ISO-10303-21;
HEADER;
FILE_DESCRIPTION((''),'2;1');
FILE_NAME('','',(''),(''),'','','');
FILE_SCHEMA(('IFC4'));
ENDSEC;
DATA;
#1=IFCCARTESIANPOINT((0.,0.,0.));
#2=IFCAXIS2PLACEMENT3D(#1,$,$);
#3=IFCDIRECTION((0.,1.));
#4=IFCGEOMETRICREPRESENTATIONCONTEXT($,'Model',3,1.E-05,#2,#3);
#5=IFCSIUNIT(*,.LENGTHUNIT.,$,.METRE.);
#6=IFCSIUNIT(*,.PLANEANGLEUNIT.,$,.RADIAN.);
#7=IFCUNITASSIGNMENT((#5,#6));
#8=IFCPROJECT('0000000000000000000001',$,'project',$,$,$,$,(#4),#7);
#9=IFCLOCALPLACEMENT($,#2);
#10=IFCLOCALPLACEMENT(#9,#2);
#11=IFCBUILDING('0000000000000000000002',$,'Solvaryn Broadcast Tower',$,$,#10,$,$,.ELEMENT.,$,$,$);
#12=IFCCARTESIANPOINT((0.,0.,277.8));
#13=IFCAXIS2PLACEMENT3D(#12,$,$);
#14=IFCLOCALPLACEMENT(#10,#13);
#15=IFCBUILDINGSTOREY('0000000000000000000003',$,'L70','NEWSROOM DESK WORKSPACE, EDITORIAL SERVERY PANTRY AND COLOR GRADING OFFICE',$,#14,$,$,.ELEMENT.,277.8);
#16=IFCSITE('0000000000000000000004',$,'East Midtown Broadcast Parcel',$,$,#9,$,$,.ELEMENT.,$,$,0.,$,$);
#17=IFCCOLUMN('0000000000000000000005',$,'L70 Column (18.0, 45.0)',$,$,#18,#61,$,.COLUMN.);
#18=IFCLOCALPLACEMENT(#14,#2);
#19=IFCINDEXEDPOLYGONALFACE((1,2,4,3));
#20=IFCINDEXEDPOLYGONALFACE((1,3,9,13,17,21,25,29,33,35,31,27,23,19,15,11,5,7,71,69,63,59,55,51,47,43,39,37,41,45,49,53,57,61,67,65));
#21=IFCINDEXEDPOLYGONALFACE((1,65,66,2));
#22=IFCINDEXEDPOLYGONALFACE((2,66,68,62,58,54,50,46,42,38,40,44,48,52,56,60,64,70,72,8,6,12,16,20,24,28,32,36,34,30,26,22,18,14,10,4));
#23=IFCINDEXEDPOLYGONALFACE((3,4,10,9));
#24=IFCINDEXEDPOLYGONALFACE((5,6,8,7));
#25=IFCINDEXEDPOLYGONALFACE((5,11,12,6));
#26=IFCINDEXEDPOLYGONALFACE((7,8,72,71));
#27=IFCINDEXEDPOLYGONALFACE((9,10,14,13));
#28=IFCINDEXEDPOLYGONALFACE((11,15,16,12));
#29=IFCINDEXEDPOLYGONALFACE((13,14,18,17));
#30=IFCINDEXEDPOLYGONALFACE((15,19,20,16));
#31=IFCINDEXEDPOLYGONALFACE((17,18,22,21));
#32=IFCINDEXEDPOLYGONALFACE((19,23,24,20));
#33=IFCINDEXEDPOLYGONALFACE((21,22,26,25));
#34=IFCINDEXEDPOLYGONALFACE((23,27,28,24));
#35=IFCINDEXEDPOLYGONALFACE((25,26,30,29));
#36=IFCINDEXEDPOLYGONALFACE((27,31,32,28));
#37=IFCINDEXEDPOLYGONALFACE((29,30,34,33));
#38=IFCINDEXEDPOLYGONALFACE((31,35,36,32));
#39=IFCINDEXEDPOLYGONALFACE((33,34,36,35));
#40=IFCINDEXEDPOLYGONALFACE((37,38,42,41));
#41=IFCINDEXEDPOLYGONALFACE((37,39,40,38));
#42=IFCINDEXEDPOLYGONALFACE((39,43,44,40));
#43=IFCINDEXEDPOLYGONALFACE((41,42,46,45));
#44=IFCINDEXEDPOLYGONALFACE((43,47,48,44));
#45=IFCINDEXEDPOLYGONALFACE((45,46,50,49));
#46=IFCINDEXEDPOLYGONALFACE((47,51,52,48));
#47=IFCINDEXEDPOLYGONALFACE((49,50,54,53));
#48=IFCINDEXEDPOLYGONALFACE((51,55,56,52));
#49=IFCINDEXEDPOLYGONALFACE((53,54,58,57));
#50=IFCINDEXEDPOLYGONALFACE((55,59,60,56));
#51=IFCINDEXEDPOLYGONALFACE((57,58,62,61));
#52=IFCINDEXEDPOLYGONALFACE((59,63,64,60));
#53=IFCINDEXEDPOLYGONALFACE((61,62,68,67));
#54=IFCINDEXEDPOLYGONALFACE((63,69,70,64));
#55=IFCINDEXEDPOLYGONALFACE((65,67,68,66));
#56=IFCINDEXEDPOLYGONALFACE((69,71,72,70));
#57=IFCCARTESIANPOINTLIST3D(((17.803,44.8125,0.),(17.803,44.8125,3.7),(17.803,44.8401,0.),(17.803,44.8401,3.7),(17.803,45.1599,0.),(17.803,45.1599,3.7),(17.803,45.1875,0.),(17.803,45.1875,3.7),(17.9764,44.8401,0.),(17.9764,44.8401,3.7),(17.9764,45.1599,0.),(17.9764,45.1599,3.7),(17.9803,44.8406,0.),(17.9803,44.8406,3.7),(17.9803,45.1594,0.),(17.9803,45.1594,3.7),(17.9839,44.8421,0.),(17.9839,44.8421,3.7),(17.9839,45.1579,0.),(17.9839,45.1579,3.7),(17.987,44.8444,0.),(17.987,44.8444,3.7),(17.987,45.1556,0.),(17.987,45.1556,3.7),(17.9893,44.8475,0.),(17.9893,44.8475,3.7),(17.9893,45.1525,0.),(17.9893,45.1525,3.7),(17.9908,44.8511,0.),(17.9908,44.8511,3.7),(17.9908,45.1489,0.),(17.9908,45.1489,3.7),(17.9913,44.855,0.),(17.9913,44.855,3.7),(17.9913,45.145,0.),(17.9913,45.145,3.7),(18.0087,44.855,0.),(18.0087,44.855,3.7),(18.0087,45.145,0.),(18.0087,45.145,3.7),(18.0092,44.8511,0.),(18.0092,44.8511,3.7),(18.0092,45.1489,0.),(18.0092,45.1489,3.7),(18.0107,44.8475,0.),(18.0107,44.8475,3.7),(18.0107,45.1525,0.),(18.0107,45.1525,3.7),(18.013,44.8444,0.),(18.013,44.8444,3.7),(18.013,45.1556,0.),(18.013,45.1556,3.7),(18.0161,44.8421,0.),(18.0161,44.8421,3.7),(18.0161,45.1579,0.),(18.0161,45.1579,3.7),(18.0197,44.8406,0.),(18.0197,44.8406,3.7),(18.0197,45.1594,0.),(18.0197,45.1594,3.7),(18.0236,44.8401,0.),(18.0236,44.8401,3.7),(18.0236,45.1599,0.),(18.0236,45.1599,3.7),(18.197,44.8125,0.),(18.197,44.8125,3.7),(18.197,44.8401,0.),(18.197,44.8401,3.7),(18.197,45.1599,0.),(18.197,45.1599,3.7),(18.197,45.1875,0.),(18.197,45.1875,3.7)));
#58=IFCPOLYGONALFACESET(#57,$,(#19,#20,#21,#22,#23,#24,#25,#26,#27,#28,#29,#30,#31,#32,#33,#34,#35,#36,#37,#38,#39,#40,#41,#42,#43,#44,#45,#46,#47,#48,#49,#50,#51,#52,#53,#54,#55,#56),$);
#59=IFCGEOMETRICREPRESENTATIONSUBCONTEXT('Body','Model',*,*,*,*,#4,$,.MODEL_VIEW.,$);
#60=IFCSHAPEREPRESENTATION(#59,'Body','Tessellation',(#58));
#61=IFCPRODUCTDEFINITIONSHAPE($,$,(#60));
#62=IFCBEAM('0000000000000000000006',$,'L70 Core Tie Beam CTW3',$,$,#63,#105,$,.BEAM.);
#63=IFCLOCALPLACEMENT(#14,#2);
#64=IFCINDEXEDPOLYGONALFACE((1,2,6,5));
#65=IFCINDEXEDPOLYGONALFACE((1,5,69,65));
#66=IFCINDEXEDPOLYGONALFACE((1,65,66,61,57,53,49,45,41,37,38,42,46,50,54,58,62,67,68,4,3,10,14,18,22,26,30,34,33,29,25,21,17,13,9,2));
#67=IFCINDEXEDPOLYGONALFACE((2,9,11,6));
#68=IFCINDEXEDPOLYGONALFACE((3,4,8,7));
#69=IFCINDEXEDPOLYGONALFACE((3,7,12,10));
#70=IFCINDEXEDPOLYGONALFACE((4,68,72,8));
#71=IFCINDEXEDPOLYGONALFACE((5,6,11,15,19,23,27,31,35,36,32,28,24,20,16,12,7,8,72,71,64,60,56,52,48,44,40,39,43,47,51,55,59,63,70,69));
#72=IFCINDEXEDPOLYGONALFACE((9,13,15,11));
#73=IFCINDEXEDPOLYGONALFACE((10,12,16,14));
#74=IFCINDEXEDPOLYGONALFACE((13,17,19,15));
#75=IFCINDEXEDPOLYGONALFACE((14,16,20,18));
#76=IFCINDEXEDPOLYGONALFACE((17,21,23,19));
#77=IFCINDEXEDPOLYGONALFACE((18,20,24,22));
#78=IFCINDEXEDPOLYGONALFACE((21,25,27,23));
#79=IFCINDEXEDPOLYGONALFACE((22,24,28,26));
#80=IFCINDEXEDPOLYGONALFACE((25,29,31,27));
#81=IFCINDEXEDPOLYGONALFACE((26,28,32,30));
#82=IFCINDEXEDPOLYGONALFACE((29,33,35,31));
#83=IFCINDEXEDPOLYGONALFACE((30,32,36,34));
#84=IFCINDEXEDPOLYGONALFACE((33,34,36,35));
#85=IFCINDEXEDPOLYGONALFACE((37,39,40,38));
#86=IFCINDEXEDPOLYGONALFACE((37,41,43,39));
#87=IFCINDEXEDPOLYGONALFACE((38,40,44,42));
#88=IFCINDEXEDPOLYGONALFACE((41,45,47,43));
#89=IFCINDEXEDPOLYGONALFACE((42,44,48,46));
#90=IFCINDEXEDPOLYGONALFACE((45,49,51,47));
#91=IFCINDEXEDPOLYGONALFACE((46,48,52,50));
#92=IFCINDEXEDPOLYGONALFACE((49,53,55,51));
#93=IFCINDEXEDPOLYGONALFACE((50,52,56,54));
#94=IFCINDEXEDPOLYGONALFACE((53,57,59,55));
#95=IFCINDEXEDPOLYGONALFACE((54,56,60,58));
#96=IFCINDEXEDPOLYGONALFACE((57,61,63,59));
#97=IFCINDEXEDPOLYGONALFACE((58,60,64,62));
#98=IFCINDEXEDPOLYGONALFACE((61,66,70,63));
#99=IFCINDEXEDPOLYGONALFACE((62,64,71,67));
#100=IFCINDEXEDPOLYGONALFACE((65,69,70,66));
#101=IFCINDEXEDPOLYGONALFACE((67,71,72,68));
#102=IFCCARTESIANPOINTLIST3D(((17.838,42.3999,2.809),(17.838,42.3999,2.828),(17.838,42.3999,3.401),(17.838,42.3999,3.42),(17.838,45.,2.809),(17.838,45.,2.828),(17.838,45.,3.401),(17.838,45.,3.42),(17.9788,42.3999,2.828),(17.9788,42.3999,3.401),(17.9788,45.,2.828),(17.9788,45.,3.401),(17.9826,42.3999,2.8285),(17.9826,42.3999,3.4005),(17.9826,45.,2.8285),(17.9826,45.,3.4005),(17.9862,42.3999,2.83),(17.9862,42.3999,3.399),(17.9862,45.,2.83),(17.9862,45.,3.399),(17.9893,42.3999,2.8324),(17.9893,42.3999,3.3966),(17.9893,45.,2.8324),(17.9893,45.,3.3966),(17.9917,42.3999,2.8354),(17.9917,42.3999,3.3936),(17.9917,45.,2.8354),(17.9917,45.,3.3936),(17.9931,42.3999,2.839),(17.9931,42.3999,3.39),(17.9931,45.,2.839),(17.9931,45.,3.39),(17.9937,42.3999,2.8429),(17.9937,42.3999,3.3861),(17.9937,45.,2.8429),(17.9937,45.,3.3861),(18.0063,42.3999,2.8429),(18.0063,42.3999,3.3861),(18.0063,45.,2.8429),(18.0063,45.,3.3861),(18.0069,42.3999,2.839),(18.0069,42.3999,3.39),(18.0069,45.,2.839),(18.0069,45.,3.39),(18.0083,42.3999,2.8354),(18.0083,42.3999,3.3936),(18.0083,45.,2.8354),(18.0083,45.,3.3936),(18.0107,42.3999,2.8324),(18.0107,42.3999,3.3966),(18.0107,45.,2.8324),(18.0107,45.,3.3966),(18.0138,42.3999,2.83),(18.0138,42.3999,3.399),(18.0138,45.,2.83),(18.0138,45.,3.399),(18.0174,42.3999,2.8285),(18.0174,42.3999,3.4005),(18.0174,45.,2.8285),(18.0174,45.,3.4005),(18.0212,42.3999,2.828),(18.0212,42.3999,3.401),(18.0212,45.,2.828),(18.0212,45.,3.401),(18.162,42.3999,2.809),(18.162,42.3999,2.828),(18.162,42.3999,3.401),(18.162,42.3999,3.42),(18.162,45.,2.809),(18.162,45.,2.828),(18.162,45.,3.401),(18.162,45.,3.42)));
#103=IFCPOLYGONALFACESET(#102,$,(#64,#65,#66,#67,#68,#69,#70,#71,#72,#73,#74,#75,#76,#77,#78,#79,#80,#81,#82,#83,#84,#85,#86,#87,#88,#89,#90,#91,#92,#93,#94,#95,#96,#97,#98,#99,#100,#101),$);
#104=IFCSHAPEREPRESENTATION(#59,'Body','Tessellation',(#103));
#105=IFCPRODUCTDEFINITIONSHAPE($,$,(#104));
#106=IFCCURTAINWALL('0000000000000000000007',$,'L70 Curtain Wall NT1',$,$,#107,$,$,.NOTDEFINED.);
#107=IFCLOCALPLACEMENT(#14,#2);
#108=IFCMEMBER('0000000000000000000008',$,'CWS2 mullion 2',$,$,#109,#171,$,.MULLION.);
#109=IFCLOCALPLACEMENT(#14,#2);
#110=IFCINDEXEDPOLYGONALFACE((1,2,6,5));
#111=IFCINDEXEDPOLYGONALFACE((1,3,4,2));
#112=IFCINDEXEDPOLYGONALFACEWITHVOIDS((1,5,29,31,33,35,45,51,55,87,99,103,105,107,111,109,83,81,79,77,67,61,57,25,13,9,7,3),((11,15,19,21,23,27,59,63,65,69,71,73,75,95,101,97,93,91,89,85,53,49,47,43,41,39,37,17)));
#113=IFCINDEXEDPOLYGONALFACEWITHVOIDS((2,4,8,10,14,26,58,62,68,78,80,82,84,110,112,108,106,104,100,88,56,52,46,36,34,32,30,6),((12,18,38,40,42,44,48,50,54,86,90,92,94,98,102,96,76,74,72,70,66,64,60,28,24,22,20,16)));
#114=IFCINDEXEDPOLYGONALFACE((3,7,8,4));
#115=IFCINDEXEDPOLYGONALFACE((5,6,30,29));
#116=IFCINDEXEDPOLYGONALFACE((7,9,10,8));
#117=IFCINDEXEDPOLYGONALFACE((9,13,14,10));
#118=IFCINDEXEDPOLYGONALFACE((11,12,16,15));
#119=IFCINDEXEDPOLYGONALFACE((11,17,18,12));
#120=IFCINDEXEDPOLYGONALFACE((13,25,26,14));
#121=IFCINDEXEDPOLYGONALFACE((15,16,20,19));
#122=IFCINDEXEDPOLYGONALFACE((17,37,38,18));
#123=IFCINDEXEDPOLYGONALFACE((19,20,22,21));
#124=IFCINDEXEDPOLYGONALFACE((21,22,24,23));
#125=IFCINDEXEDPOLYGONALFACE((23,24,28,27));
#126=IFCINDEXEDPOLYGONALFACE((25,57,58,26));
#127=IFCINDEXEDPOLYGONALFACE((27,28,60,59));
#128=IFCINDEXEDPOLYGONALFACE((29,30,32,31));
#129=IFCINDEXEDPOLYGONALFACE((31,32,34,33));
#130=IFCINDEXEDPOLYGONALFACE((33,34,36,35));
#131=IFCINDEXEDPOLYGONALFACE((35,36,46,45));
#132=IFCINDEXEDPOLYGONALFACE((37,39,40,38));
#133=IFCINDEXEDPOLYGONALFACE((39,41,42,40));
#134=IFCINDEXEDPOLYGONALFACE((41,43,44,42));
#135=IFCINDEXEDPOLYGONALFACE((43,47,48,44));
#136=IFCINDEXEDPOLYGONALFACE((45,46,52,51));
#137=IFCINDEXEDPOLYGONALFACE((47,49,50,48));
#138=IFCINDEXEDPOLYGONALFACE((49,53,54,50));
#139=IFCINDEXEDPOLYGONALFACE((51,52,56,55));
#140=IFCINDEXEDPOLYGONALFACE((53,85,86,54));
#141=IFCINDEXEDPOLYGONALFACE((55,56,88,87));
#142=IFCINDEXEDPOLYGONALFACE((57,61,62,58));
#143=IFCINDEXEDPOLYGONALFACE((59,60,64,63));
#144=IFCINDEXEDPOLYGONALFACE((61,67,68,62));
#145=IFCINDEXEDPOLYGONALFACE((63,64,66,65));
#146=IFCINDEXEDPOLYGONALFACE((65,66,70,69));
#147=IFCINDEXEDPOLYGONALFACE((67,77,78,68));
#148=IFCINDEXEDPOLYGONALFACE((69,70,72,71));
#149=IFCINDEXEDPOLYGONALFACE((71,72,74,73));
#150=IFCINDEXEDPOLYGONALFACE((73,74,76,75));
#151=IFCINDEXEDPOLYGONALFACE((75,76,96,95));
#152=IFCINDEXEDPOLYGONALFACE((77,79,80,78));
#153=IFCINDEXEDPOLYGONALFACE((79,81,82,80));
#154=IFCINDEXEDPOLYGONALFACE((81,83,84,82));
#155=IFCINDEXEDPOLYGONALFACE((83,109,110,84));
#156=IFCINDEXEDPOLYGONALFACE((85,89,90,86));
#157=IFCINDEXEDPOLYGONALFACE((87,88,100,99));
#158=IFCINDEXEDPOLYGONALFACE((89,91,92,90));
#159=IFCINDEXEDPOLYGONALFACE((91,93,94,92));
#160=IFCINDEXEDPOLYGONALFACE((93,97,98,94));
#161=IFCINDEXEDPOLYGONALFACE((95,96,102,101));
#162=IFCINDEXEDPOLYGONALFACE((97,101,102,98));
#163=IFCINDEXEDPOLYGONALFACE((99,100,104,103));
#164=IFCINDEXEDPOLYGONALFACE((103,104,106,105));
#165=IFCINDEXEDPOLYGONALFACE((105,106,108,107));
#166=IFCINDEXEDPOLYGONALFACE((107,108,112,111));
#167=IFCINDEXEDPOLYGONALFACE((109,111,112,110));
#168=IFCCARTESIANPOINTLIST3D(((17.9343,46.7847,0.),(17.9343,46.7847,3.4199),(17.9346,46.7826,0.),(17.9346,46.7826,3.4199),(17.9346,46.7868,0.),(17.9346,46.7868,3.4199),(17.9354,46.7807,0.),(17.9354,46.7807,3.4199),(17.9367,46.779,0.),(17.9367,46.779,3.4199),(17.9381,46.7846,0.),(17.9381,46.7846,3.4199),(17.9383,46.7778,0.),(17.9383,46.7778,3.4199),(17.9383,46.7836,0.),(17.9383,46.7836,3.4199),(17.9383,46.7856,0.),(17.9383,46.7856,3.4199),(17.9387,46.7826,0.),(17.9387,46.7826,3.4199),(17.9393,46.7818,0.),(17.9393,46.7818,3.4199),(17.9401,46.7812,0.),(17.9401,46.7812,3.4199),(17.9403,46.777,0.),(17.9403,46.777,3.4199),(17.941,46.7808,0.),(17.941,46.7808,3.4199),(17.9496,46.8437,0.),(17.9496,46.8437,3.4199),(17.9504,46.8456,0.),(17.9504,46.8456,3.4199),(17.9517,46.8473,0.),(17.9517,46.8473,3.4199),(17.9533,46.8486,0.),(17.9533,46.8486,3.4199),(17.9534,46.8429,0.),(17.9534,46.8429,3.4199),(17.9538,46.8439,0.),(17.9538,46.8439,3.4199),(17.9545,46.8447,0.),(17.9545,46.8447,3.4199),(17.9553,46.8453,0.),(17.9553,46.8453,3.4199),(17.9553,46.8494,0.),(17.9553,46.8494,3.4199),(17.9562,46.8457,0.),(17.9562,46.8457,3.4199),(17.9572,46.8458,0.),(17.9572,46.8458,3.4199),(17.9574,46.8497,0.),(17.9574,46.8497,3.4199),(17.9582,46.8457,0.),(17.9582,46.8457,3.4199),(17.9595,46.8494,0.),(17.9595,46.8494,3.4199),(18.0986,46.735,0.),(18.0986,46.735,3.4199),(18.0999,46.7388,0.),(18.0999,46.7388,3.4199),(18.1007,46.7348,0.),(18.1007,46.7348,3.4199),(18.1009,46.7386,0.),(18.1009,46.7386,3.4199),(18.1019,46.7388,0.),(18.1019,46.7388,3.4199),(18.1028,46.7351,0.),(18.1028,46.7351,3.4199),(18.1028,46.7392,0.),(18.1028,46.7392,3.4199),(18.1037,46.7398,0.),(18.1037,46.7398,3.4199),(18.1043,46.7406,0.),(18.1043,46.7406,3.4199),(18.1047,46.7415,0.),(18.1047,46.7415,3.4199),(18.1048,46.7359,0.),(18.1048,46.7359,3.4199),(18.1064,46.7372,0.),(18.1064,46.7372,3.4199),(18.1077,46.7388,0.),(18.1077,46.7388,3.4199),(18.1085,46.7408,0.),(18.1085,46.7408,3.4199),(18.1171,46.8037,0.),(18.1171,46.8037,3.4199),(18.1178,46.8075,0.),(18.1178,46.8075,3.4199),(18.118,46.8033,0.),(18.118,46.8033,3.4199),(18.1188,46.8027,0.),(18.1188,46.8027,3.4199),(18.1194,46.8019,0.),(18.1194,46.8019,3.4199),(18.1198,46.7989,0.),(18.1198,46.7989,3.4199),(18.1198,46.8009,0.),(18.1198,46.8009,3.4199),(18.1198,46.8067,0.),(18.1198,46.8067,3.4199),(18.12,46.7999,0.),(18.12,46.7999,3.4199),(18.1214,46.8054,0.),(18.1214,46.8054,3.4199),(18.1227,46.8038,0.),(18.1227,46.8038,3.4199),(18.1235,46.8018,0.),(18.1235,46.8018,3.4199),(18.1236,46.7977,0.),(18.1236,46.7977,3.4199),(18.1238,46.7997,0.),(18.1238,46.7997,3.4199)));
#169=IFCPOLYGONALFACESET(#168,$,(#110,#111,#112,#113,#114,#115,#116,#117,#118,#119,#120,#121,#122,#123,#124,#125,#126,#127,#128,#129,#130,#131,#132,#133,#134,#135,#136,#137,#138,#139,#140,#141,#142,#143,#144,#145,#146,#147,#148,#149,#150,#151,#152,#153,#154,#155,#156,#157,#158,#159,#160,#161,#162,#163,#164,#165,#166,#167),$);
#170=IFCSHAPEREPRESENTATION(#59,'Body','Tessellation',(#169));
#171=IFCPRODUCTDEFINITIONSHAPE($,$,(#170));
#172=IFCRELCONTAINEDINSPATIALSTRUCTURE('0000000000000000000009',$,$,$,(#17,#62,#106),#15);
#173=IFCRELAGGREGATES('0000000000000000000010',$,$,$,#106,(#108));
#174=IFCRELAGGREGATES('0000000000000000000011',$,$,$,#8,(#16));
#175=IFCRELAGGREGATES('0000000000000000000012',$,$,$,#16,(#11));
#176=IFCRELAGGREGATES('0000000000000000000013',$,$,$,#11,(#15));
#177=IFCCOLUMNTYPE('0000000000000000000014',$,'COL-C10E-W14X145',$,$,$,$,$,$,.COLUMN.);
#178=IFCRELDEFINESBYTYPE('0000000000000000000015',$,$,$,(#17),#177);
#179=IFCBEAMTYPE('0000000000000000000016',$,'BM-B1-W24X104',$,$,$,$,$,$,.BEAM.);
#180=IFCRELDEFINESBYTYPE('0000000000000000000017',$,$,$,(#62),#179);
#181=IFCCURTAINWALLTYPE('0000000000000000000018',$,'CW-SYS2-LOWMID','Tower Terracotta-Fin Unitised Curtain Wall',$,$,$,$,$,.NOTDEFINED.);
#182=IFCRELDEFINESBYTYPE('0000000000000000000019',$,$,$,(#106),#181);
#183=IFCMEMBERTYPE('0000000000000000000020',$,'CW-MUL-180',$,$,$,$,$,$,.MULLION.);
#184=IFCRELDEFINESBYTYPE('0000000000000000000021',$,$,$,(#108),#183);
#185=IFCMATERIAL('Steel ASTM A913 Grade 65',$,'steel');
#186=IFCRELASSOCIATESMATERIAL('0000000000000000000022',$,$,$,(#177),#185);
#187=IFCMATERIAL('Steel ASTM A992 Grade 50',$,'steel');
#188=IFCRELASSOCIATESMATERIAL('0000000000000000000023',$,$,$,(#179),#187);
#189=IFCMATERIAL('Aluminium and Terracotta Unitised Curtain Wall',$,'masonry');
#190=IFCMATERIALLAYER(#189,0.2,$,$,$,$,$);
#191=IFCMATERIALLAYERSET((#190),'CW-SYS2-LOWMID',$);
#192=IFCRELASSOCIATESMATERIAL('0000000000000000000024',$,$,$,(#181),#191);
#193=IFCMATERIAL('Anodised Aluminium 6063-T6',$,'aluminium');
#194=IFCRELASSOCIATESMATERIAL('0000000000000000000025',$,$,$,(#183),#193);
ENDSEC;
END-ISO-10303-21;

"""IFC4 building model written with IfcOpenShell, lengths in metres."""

from ifc_helpers import new_model, si_unit, direction, frame, origin, origin_2d, place, context, subcontext, project, spatial, hollow_rectangle, i_section, extrude, material, layer, layer_set, material_profile, profile_set, type_object, element, aggregate, save


model = new_model("IFC4")

# Units and contexts
model_context = context("Model", 3, precision=1e-05, world=origin(), true_north=direction((0.0, 1.0)))
body_context = subcontext(model_context, "Body", "Model", "MODEL_VIEW")
ifc_project = project(units=[si_unit("LENGTHUNIT", "METRE"), si_unit("PLANEANGLEUNIT", "RADIAN")], contexts=[model_context])

# Site, building, storey
site_placement = place(None, origin())
site = spatial("IfcSite", under=ifc_project, at=site_placement, Name="East Midtown Broadcast Parcel", CompositionType="ELEMENT", RefElevation=0.0)
building_placement = place(site_placement, origin())
building = spatial("IfcBuilding", under=site, at=building_placement, Name="Solvaryn Broadcast Tower", CompositionType="ELEMENT")
storey_placement = place(building_placement, frame((0.0, 0.0, 277.8)))
storey = spatial("IfcBuildingStorey", under=building, at=storey_placement, Name="L70", Description="NEWSROOM DESK WORKSPACE, EDITORIAL SERVERY PANTRY AND COLOR GRADING OFFICE", CompositionType="ELEMENT", Elevation=277.8)

# Column
ifc_material_1 = material(Name="Steel ASTM A913 Grade 65", Category="steel")
ifc_material_profile_1 = material_profile(ifc_material_1, i_section(OverallWidth=0.394, OverallDepth=0.375, WebThickness=0.0173, FlangeThickness=0.0276, FilletRadius=0.0149, at=origin_2d()))
ifc_profile_set_1 = profile_set([ifc_material_profile_1], Name="Steel ASTM A913 Grade 65")
column_type = type_object("IfcColumnType", Name="COL-C10E-W14X145", PredefinedType="COLUMN", material=ifc_profile_set_1)
column_placement = place(storey_placement, frame((18.0, 45.0, 0.0), z_axis=(0.0, 0.0, 1.0), x_axis=(1.0, 0.0, 0.0)))
element("IfcColumn", 1, at=column_placement, inside=storey, type_object=column_type, Name="L70 Column (18.0, 45.0)", PredefinedType="COLUMN", context=body_context, shape_type="SweptSolid", body=[
    extrude(i_section(OverallWidth=0.394, OverallDepth=0.375, WebThickness=0.0173, FlangeThickness=0.0276, FilletRadius=0.0149, at=origin_2d()), origin(), (0.0, 0.0, 1.0), 3.7),
])

# Beam
ifc_material_2 = material(Name="Steel ASTM A992 Grade 50", Category="steel")
ifc_material_profile_2 = material_profile(ifc_material_2, i_section(OverallWidth=0.324, OverallDepth=0.6111, WebThickness=0.0127, FlangeThickness=0.019, FilletRadius=0.0149, at=origin_2d()))
ifc_profile_set_2 = profile_set([ifc_material_profile_2], Name="Steel ASTM A992 Grade 50")
beam_type = type_object("IfcBeamType", Name="BM-B1-W24X104", PredefinedType="BEAM", material=ifc_profile_set_2)
beam_placement = place(storey_placement, frame((18.0, 42.3999, 3.1145), z_axis=(0.0, 1.0, 0.0), x_axis=(-1.0, 0.0, 0.0)))
element("IfcBeam", 2, at=beam_placement, inside=storey, type_object=beam_type, Name="L70 Core Tie Beam CTW3", PredefinedType="BEAM", context=body_context, shape_type="SweptSolid", body=[
    extrude(i_section(OverallWidth=0.324, OverallDepth=0.6111, WebThickness=0.0127, FlangeThickness=0.019, FilletRadius=0.0149, at=origin_2d()), origin(), (0.0, 0.0, 1.0), 2.6001),
])

# Curtain wall, member
ifc_material_3 = material(Name="Aluminium and Terracotta Unitised Curtain Wall", Category="masonry")
ifc_layer_1 = layer(ifc_material_3, 0.2)
ifc_layer_set_1 = layer_set([ifc_layer_1], Name="CW-SYS2-LOWMID")
curtain_wall_type = type_object("IfcCurtainWallType", Name="CW-SYS2-LOWMID", Description="Tower Terracotta-Fin Unitised Curtain Wall", PredefinedType="NOTDEFINED", material=ifc_layer_set_1)
curtain_wall_1_placement = place(storey_placement, origin())
curtain_wall_1 = element("IfcCurtainWall", 3, at=curtain_wall_1_placement, inside=storey, type_object=curtain_wall_type, Name="L70 Curtain Wall NT1", PredefinedType="NOTDEFINED")
ifc_material_4 = material(Name="Anodised Aluminium 6063-T6", Category="aluminium")
ifc_material_profile_3 = material_profile(ifc_material_4, hollow_rectangle(XDim=0.075, YDim=0.1799, WallThickness=0.0039, InnerFilletRadius=0.0039, OuterFilletRadius=0.0081, at=origin_2d()))
ifc_profile_set_3 = profile_set([ifc_material_profile_3], Name="Anodised Aluminium 6063-T6")
member_type_1 = type_object("IfcMemberType", Name="CW-MUL-180", PredefinedType="MULLION", material=ifc_profile_set_3)
member_1_placement = place(storey_placement, frame((18.0291, 46.7922, 0.0), z_axis=(0.0, 0.0, 1.0), x_axis=(-0.255893, -0.966705, 0.0)))
member_1 = element("IfcMember", 4, at=member_1_placement, type_object=member_type_1, Name="CWS2 mullion 2", PredefinedType="MULLION", context=body_context, shape_type="SweptSolid", body=[
    extrude(hollow_rectangle(XDim=0.075, YDim=0.1799, WallThickness=0.0039, InnerFilletRadius=0.0039, OuterFilletRadius=0.0081, at=origin_2d()), origin(), (0.0, 0.0, 1.0), 3.4199),
])

aggregate(curtain_wall_1, [member_1])

save(model, "model.ifc")
